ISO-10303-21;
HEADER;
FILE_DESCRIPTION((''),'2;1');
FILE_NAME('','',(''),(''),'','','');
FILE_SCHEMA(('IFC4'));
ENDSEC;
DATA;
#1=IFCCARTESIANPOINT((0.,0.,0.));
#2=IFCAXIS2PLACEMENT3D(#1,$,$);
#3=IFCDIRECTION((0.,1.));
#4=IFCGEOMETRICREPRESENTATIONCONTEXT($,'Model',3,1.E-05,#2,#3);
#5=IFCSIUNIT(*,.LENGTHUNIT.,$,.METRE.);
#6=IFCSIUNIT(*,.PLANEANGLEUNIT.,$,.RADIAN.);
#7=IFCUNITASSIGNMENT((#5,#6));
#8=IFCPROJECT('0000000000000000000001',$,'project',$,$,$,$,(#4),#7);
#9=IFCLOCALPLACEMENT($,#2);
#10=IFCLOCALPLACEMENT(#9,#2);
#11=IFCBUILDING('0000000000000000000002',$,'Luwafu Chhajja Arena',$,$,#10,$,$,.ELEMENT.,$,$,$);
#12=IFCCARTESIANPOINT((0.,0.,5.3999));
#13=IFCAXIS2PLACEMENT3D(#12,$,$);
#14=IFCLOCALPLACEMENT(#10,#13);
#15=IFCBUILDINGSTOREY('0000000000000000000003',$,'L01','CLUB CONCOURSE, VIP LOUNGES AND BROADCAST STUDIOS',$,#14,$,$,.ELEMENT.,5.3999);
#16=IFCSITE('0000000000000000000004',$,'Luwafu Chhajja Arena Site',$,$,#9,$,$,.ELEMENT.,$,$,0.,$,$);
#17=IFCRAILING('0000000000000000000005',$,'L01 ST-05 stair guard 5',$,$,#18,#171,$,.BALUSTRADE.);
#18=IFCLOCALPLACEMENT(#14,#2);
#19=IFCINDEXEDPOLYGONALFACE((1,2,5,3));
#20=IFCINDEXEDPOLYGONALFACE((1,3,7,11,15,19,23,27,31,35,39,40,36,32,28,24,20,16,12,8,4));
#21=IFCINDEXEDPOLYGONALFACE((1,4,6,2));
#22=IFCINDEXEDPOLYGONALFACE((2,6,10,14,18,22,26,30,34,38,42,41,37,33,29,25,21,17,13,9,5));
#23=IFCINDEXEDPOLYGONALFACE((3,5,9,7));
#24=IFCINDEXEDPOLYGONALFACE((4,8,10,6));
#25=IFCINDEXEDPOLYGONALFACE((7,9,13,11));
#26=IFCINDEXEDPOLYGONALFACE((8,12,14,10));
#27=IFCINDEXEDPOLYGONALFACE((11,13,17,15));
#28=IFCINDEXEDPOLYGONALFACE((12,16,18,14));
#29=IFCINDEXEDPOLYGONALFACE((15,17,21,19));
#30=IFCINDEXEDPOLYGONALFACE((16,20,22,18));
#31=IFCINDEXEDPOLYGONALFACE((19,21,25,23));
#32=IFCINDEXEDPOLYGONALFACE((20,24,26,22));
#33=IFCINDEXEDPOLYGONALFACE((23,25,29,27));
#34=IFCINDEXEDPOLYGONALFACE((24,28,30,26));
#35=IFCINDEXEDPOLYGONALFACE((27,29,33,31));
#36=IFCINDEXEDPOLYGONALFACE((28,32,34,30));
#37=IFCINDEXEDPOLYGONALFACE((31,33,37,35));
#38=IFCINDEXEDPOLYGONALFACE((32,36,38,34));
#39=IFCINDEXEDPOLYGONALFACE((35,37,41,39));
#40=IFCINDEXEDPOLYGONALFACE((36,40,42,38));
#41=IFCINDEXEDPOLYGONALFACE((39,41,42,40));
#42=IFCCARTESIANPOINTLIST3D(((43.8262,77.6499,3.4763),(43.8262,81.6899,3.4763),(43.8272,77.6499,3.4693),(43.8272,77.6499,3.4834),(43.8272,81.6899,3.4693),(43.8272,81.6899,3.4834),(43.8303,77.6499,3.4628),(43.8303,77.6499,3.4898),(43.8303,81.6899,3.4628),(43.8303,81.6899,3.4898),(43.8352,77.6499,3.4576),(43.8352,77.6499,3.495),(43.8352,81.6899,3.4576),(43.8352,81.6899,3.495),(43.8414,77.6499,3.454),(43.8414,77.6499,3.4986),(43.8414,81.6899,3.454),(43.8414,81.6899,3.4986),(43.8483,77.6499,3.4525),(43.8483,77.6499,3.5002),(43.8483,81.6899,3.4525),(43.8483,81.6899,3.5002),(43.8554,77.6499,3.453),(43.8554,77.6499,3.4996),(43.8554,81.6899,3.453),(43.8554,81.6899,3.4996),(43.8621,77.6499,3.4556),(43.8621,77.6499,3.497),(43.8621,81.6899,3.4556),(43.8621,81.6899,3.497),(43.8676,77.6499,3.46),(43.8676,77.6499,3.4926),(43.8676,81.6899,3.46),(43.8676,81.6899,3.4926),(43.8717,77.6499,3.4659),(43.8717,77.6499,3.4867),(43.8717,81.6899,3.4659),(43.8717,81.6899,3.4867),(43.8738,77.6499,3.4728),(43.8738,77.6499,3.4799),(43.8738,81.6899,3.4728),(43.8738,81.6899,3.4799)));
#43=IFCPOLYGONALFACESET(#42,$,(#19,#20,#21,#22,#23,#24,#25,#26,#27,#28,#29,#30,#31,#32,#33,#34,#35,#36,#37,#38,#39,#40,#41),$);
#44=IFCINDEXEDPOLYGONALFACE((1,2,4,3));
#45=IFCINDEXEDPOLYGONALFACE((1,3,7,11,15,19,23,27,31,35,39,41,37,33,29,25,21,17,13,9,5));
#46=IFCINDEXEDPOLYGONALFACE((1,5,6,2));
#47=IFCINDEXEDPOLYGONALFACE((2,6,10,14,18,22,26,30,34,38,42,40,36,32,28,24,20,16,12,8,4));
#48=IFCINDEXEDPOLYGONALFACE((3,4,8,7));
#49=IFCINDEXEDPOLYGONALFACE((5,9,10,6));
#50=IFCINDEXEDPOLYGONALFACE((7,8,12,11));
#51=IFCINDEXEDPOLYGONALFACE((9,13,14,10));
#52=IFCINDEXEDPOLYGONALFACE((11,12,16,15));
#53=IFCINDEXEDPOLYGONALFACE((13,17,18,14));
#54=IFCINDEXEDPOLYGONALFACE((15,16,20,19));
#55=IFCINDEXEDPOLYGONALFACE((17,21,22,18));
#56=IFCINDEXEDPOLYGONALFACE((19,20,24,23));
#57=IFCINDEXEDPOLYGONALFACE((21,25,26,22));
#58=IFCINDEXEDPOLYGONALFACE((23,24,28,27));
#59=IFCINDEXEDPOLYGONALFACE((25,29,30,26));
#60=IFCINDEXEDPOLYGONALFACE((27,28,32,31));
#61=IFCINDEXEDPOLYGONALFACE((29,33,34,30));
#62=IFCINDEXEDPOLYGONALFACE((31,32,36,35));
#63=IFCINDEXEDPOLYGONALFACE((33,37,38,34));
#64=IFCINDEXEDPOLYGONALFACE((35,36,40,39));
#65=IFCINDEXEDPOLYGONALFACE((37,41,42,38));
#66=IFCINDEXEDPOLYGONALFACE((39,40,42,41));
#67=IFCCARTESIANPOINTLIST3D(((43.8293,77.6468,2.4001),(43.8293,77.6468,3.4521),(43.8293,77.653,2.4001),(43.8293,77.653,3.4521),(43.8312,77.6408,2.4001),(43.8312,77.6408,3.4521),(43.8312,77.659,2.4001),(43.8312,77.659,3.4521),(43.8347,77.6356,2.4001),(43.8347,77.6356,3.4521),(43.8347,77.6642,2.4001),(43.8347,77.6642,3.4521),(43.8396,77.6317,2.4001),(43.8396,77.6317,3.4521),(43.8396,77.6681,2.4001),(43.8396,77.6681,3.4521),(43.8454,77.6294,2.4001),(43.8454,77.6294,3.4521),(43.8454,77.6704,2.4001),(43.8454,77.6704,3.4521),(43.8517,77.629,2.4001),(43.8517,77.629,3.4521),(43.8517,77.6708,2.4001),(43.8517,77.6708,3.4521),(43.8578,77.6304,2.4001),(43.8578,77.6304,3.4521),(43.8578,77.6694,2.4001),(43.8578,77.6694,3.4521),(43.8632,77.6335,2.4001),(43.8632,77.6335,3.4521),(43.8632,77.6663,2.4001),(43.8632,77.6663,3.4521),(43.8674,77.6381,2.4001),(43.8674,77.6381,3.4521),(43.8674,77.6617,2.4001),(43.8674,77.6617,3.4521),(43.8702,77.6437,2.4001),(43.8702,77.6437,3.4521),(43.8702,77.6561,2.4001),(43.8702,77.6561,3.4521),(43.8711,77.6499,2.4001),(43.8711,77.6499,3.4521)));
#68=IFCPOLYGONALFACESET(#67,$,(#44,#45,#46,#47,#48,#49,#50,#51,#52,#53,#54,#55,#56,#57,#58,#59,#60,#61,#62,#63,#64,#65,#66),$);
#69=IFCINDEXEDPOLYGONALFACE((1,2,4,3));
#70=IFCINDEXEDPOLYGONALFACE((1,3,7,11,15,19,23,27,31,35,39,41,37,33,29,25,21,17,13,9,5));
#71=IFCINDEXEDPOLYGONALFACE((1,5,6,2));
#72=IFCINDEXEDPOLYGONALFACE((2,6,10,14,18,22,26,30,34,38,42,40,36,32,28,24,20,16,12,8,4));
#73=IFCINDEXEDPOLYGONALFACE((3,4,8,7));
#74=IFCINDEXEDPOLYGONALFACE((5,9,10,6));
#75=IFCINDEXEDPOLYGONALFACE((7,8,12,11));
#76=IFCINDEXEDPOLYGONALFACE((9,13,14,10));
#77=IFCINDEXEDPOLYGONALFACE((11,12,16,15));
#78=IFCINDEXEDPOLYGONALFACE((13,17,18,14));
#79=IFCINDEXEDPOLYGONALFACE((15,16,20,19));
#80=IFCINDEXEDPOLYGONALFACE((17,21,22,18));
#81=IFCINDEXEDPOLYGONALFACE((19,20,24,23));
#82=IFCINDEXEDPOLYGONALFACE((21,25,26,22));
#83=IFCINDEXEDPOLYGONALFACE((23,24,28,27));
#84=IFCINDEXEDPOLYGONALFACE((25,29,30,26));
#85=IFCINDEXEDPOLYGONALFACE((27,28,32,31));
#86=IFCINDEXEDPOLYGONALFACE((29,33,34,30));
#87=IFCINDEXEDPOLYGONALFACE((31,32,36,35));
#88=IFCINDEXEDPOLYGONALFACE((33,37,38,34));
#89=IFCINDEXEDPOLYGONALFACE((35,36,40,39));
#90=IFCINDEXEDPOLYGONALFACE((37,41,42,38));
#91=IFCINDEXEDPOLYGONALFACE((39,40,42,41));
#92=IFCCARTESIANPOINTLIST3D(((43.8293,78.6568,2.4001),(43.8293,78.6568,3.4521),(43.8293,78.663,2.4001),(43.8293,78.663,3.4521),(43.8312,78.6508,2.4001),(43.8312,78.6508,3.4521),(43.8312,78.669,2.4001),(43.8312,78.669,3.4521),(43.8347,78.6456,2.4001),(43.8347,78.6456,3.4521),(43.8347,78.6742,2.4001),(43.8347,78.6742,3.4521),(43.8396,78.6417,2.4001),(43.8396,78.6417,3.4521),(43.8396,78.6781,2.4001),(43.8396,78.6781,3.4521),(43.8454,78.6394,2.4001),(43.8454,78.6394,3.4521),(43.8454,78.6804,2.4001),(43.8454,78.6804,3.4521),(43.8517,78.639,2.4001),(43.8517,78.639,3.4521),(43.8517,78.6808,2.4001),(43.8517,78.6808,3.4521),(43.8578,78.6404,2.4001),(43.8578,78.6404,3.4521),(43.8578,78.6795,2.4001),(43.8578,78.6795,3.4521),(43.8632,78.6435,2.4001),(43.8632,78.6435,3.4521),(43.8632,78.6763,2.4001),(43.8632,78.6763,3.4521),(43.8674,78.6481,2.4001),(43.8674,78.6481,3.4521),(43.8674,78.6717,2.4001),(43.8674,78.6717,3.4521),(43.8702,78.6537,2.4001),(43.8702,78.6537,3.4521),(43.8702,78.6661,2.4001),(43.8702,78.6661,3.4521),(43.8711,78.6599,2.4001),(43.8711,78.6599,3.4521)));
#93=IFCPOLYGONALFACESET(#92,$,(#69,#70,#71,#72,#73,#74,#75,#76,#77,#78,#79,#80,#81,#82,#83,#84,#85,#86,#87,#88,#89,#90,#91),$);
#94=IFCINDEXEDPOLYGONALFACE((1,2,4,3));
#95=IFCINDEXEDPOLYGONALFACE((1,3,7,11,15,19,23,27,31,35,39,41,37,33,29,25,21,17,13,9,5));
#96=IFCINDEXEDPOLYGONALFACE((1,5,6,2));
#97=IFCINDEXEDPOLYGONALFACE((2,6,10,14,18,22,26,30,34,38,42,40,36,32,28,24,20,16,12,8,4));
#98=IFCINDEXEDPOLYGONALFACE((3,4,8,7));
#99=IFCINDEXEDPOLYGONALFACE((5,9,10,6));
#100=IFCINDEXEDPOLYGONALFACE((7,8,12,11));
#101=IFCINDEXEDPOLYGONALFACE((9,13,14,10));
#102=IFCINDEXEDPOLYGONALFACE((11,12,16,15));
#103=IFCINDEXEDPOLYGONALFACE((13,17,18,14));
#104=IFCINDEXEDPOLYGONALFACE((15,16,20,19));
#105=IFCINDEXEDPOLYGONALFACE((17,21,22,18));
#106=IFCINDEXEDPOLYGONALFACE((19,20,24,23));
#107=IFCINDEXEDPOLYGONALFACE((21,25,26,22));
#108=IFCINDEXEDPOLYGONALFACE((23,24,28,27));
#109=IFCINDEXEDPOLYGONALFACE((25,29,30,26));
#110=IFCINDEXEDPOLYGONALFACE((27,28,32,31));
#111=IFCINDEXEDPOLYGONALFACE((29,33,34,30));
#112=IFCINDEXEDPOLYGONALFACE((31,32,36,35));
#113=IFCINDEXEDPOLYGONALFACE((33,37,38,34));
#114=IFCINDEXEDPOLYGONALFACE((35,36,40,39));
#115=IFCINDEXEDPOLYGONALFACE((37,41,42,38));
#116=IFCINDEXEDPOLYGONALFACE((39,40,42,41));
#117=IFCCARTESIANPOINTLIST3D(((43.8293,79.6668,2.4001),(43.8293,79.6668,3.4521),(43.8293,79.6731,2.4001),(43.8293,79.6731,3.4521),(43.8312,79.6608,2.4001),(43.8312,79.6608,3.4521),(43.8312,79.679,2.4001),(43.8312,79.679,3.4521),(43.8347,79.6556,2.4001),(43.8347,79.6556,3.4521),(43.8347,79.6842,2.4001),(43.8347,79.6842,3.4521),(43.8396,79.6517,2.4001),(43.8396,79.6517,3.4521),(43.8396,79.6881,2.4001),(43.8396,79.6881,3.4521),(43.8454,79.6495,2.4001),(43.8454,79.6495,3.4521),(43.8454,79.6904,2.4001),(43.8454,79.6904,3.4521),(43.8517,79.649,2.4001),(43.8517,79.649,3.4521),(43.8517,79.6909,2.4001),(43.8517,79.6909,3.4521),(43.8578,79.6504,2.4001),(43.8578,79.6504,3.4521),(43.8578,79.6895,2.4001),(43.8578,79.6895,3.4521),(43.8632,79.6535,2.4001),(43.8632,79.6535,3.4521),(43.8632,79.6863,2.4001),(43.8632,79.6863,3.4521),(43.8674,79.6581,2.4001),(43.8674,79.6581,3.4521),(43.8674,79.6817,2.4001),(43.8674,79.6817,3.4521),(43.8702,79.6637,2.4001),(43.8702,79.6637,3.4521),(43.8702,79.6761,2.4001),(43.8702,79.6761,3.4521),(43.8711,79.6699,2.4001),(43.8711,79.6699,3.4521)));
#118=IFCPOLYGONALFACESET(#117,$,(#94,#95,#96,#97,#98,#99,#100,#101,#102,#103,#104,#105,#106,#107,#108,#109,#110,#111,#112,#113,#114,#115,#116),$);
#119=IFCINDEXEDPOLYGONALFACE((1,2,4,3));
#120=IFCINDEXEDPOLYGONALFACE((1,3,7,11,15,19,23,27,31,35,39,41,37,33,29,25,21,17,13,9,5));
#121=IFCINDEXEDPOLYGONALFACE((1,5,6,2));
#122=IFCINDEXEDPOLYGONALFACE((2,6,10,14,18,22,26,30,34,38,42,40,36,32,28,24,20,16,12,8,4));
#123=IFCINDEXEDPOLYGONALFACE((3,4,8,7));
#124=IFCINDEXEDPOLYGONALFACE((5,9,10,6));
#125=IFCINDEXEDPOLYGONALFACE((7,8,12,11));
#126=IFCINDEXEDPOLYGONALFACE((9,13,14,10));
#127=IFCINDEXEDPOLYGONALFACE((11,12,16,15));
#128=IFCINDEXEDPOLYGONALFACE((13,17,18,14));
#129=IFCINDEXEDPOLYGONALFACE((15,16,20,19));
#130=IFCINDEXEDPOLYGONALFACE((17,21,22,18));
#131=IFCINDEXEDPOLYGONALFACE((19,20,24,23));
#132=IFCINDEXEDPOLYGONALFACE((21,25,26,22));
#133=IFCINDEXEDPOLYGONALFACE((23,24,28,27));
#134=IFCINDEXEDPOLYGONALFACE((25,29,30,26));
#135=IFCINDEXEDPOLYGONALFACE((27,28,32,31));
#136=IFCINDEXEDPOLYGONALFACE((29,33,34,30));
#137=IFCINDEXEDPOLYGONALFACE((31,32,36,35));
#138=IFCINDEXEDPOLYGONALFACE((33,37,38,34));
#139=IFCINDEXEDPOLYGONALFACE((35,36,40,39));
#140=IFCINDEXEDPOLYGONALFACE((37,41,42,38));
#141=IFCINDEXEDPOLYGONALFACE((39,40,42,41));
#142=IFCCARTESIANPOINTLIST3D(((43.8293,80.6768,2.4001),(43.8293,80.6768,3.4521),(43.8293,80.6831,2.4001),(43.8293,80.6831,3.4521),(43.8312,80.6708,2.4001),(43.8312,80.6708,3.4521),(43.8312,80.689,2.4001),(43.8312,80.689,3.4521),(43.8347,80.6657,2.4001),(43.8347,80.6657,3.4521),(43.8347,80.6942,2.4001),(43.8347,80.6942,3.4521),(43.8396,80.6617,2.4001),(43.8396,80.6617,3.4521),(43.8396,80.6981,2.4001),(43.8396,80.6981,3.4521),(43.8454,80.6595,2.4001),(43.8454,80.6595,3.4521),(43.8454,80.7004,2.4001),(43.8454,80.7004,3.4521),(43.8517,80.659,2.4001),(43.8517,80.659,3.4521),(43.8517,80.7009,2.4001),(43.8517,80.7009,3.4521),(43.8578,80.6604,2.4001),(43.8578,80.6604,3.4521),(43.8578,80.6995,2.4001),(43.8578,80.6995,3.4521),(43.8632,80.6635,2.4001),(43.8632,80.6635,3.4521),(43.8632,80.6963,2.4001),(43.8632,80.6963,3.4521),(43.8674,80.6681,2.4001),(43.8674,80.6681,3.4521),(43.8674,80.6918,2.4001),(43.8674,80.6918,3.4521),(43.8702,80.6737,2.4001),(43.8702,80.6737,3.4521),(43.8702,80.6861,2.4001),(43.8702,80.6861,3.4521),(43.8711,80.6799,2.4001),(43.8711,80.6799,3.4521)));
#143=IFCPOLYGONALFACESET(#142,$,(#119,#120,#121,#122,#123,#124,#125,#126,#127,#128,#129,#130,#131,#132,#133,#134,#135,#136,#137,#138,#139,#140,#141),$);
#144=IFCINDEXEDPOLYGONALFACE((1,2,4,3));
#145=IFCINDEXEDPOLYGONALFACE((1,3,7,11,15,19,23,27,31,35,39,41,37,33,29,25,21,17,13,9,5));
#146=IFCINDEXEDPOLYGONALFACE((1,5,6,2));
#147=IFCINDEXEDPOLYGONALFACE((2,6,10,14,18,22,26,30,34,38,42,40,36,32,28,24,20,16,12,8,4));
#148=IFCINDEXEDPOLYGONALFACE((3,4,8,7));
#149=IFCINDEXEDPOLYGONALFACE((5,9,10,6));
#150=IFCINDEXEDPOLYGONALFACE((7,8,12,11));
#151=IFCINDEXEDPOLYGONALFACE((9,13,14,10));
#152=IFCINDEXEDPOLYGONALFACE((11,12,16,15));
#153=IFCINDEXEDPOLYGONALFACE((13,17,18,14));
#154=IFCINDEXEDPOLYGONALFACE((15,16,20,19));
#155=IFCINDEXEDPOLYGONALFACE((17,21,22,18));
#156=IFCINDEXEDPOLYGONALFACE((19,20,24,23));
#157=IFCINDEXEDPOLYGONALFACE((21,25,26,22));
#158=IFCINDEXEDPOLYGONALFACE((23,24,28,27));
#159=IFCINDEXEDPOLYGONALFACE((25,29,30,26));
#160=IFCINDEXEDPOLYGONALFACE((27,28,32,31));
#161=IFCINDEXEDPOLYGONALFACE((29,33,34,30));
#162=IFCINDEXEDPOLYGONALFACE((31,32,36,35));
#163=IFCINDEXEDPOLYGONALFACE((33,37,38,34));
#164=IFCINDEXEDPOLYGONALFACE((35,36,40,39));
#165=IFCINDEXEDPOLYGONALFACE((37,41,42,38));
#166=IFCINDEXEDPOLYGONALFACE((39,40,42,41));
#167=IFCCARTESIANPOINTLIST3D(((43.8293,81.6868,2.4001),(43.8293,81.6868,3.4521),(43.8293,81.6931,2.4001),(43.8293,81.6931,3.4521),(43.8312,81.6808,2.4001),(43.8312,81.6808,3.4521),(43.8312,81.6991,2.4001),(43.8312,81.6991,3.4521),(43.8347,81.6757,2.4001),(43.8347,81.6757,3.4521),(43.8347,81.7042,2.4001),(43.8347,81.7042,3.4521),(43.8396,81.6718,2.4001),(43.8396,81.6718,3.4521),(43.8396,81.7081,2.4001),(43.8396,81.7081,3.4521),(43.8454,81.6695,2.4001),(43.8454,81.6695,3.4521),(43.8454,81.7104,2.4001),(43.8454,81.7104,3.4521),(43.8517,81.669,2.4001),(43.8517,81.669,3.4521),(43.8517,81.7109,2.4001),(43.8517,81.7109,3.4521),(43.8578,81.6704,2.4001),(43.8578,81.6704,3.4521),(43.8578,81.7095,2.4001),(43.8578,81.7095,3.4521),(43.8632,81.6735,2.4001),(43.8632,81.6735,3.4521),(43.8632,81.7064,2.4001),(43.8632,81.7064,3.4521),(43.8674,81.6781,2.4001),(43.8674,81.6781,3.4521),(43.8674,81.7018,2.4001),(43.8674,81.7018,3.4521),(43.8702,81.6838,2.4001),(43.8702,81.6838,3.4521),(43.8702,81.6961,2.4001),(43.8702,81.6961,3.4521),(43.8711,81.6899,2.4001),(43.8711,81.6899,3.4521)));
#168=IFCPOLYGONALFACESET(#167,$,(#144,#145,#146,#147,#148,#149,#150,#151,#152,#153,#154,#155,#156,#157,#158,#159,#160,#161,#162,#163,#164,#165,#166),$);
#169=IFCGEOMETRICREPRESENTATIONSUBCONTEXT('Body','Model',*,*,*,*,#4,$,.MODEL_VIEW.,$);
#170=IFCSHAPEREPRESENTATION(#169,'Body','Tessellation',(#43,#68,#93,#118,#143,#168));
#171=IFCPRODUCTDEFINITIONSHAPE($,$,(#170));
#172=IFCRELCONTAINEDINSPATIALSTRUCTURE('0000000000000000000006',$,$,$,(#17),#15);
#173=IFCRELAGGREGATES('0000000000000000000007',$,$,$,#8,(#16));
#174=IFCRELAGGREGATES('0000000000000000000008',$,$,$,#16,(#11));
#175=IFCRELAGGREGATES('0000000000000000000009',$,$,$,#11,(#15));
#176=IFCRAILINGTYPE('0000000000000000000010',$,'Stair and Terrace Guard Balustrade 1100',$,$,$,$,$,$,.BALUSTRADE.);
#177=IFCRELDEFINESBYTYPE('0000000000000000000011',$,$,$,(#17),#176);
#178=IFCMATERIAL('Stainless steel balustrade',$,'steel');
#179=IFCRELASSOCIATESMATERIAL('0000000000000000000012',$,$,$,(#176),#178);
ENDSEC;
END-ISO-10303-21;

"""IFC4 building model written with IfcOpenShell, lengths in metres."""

from ifc_helpers import new_model, si_unit, direction, frame, origin, origin_2d, place, context, subcontext, project, spatial, circle, extrude, material, type_object, element, save


model = new_model("IFC4")

# Units and contexts
model_context = context("Model", 3, precision=1e-05, world=origin(), true_north=direction((0.0, 1.0)))
body_context = subcontext(model_context, "Body", "Model", "MODEL_VIEW")
ifc_project = project(units=[si_unit("LENGTHUNIT", "METRE"), si_unit("PLANEANGLEUNIT", "RADIAN")], contexts=[model_context])

# Site, building, storey
site_placement = place(None, origin())
site = spatial("IfcSite", under=ifc_project, at=site_placement, Name="Luwafu Chhajja Arena Site", CompositionType="ELEMENT", RefElevation=0.0)
building_placement = place(site_placement, origin())
building = spatial("IfcBuilding", under=site, at=building_placement, Name="Luwafu Chhajja Arena", CompositionType="ELEMENT")
storey_placement = place(building_placement, frame((0.0, 0.0, 5.3999)))
storey = spatial("IfcBuildingStorey", under=building, at=storey_placement, Name="L01", Description="CLUB CONCOURSE, VIP LOUNGES AND BROADCAST STUDIOS", CompositionType="ELEMENT", Elevation=5.3999)

# Railing
ifc_material_1 = material(Name="Stainless steel balustrade", Category="steel")
railing_type_1 = type_object("IfcRailingType", Name="Stair and Terrace Guard Balustrade 1100", PredefinedType="BALUSTRADE", material=ifc_material_1)
railing_1_placement = place(storey_placement, frame((43.8501, 77.6499, 2.4001)))
element("IfcRailing", 1, at=railing_1_placement, inside=storey, type_object=railing_type_1, Name="L01 ST-05 stair guard 5", PredefinedType="BALUSTRADE", context=body_context, shape_type="SweptSolid", body=[
    extrude(circle(Radius=0.0239, at=origin_2d()), frame((0.0, 0.0, 1.0762), z_axis=(0.0, 1.0, 0.0), x_axis=(-1.0, 0.0, 0.0)), (0.0, 0.0, 1.0), 4.04),
    extrude(circle(Radius=0.021, at=origin_2d()), origin(), (0.0, 0.0, 1.0), 1.052),
    extrude(circle(Radius=0.021, at=origin_2d()), frame((0.0, 1.01, 0.0)), (0.0, 0.0, 1.0), 1.052),
    extrude(circle(Radius=0.021, at=origin_2d()), frame((0.0, 2.02, 0.0)), (0.0, 0.0, 1.0), 1.052),
    extrude(circle(Radius=0.021, at=origin_2d()), frame((0.0, 3.03, 0.0)), (0.0, 0.0, 1.0), 1.052),
    extrude(circle(Radius=0.021, at=origin_2d()), frame((0.0, 4.04, 0.0)), (0.0, 0.0, 1.0), 1.052),
])

save(model, "model.ifc")
